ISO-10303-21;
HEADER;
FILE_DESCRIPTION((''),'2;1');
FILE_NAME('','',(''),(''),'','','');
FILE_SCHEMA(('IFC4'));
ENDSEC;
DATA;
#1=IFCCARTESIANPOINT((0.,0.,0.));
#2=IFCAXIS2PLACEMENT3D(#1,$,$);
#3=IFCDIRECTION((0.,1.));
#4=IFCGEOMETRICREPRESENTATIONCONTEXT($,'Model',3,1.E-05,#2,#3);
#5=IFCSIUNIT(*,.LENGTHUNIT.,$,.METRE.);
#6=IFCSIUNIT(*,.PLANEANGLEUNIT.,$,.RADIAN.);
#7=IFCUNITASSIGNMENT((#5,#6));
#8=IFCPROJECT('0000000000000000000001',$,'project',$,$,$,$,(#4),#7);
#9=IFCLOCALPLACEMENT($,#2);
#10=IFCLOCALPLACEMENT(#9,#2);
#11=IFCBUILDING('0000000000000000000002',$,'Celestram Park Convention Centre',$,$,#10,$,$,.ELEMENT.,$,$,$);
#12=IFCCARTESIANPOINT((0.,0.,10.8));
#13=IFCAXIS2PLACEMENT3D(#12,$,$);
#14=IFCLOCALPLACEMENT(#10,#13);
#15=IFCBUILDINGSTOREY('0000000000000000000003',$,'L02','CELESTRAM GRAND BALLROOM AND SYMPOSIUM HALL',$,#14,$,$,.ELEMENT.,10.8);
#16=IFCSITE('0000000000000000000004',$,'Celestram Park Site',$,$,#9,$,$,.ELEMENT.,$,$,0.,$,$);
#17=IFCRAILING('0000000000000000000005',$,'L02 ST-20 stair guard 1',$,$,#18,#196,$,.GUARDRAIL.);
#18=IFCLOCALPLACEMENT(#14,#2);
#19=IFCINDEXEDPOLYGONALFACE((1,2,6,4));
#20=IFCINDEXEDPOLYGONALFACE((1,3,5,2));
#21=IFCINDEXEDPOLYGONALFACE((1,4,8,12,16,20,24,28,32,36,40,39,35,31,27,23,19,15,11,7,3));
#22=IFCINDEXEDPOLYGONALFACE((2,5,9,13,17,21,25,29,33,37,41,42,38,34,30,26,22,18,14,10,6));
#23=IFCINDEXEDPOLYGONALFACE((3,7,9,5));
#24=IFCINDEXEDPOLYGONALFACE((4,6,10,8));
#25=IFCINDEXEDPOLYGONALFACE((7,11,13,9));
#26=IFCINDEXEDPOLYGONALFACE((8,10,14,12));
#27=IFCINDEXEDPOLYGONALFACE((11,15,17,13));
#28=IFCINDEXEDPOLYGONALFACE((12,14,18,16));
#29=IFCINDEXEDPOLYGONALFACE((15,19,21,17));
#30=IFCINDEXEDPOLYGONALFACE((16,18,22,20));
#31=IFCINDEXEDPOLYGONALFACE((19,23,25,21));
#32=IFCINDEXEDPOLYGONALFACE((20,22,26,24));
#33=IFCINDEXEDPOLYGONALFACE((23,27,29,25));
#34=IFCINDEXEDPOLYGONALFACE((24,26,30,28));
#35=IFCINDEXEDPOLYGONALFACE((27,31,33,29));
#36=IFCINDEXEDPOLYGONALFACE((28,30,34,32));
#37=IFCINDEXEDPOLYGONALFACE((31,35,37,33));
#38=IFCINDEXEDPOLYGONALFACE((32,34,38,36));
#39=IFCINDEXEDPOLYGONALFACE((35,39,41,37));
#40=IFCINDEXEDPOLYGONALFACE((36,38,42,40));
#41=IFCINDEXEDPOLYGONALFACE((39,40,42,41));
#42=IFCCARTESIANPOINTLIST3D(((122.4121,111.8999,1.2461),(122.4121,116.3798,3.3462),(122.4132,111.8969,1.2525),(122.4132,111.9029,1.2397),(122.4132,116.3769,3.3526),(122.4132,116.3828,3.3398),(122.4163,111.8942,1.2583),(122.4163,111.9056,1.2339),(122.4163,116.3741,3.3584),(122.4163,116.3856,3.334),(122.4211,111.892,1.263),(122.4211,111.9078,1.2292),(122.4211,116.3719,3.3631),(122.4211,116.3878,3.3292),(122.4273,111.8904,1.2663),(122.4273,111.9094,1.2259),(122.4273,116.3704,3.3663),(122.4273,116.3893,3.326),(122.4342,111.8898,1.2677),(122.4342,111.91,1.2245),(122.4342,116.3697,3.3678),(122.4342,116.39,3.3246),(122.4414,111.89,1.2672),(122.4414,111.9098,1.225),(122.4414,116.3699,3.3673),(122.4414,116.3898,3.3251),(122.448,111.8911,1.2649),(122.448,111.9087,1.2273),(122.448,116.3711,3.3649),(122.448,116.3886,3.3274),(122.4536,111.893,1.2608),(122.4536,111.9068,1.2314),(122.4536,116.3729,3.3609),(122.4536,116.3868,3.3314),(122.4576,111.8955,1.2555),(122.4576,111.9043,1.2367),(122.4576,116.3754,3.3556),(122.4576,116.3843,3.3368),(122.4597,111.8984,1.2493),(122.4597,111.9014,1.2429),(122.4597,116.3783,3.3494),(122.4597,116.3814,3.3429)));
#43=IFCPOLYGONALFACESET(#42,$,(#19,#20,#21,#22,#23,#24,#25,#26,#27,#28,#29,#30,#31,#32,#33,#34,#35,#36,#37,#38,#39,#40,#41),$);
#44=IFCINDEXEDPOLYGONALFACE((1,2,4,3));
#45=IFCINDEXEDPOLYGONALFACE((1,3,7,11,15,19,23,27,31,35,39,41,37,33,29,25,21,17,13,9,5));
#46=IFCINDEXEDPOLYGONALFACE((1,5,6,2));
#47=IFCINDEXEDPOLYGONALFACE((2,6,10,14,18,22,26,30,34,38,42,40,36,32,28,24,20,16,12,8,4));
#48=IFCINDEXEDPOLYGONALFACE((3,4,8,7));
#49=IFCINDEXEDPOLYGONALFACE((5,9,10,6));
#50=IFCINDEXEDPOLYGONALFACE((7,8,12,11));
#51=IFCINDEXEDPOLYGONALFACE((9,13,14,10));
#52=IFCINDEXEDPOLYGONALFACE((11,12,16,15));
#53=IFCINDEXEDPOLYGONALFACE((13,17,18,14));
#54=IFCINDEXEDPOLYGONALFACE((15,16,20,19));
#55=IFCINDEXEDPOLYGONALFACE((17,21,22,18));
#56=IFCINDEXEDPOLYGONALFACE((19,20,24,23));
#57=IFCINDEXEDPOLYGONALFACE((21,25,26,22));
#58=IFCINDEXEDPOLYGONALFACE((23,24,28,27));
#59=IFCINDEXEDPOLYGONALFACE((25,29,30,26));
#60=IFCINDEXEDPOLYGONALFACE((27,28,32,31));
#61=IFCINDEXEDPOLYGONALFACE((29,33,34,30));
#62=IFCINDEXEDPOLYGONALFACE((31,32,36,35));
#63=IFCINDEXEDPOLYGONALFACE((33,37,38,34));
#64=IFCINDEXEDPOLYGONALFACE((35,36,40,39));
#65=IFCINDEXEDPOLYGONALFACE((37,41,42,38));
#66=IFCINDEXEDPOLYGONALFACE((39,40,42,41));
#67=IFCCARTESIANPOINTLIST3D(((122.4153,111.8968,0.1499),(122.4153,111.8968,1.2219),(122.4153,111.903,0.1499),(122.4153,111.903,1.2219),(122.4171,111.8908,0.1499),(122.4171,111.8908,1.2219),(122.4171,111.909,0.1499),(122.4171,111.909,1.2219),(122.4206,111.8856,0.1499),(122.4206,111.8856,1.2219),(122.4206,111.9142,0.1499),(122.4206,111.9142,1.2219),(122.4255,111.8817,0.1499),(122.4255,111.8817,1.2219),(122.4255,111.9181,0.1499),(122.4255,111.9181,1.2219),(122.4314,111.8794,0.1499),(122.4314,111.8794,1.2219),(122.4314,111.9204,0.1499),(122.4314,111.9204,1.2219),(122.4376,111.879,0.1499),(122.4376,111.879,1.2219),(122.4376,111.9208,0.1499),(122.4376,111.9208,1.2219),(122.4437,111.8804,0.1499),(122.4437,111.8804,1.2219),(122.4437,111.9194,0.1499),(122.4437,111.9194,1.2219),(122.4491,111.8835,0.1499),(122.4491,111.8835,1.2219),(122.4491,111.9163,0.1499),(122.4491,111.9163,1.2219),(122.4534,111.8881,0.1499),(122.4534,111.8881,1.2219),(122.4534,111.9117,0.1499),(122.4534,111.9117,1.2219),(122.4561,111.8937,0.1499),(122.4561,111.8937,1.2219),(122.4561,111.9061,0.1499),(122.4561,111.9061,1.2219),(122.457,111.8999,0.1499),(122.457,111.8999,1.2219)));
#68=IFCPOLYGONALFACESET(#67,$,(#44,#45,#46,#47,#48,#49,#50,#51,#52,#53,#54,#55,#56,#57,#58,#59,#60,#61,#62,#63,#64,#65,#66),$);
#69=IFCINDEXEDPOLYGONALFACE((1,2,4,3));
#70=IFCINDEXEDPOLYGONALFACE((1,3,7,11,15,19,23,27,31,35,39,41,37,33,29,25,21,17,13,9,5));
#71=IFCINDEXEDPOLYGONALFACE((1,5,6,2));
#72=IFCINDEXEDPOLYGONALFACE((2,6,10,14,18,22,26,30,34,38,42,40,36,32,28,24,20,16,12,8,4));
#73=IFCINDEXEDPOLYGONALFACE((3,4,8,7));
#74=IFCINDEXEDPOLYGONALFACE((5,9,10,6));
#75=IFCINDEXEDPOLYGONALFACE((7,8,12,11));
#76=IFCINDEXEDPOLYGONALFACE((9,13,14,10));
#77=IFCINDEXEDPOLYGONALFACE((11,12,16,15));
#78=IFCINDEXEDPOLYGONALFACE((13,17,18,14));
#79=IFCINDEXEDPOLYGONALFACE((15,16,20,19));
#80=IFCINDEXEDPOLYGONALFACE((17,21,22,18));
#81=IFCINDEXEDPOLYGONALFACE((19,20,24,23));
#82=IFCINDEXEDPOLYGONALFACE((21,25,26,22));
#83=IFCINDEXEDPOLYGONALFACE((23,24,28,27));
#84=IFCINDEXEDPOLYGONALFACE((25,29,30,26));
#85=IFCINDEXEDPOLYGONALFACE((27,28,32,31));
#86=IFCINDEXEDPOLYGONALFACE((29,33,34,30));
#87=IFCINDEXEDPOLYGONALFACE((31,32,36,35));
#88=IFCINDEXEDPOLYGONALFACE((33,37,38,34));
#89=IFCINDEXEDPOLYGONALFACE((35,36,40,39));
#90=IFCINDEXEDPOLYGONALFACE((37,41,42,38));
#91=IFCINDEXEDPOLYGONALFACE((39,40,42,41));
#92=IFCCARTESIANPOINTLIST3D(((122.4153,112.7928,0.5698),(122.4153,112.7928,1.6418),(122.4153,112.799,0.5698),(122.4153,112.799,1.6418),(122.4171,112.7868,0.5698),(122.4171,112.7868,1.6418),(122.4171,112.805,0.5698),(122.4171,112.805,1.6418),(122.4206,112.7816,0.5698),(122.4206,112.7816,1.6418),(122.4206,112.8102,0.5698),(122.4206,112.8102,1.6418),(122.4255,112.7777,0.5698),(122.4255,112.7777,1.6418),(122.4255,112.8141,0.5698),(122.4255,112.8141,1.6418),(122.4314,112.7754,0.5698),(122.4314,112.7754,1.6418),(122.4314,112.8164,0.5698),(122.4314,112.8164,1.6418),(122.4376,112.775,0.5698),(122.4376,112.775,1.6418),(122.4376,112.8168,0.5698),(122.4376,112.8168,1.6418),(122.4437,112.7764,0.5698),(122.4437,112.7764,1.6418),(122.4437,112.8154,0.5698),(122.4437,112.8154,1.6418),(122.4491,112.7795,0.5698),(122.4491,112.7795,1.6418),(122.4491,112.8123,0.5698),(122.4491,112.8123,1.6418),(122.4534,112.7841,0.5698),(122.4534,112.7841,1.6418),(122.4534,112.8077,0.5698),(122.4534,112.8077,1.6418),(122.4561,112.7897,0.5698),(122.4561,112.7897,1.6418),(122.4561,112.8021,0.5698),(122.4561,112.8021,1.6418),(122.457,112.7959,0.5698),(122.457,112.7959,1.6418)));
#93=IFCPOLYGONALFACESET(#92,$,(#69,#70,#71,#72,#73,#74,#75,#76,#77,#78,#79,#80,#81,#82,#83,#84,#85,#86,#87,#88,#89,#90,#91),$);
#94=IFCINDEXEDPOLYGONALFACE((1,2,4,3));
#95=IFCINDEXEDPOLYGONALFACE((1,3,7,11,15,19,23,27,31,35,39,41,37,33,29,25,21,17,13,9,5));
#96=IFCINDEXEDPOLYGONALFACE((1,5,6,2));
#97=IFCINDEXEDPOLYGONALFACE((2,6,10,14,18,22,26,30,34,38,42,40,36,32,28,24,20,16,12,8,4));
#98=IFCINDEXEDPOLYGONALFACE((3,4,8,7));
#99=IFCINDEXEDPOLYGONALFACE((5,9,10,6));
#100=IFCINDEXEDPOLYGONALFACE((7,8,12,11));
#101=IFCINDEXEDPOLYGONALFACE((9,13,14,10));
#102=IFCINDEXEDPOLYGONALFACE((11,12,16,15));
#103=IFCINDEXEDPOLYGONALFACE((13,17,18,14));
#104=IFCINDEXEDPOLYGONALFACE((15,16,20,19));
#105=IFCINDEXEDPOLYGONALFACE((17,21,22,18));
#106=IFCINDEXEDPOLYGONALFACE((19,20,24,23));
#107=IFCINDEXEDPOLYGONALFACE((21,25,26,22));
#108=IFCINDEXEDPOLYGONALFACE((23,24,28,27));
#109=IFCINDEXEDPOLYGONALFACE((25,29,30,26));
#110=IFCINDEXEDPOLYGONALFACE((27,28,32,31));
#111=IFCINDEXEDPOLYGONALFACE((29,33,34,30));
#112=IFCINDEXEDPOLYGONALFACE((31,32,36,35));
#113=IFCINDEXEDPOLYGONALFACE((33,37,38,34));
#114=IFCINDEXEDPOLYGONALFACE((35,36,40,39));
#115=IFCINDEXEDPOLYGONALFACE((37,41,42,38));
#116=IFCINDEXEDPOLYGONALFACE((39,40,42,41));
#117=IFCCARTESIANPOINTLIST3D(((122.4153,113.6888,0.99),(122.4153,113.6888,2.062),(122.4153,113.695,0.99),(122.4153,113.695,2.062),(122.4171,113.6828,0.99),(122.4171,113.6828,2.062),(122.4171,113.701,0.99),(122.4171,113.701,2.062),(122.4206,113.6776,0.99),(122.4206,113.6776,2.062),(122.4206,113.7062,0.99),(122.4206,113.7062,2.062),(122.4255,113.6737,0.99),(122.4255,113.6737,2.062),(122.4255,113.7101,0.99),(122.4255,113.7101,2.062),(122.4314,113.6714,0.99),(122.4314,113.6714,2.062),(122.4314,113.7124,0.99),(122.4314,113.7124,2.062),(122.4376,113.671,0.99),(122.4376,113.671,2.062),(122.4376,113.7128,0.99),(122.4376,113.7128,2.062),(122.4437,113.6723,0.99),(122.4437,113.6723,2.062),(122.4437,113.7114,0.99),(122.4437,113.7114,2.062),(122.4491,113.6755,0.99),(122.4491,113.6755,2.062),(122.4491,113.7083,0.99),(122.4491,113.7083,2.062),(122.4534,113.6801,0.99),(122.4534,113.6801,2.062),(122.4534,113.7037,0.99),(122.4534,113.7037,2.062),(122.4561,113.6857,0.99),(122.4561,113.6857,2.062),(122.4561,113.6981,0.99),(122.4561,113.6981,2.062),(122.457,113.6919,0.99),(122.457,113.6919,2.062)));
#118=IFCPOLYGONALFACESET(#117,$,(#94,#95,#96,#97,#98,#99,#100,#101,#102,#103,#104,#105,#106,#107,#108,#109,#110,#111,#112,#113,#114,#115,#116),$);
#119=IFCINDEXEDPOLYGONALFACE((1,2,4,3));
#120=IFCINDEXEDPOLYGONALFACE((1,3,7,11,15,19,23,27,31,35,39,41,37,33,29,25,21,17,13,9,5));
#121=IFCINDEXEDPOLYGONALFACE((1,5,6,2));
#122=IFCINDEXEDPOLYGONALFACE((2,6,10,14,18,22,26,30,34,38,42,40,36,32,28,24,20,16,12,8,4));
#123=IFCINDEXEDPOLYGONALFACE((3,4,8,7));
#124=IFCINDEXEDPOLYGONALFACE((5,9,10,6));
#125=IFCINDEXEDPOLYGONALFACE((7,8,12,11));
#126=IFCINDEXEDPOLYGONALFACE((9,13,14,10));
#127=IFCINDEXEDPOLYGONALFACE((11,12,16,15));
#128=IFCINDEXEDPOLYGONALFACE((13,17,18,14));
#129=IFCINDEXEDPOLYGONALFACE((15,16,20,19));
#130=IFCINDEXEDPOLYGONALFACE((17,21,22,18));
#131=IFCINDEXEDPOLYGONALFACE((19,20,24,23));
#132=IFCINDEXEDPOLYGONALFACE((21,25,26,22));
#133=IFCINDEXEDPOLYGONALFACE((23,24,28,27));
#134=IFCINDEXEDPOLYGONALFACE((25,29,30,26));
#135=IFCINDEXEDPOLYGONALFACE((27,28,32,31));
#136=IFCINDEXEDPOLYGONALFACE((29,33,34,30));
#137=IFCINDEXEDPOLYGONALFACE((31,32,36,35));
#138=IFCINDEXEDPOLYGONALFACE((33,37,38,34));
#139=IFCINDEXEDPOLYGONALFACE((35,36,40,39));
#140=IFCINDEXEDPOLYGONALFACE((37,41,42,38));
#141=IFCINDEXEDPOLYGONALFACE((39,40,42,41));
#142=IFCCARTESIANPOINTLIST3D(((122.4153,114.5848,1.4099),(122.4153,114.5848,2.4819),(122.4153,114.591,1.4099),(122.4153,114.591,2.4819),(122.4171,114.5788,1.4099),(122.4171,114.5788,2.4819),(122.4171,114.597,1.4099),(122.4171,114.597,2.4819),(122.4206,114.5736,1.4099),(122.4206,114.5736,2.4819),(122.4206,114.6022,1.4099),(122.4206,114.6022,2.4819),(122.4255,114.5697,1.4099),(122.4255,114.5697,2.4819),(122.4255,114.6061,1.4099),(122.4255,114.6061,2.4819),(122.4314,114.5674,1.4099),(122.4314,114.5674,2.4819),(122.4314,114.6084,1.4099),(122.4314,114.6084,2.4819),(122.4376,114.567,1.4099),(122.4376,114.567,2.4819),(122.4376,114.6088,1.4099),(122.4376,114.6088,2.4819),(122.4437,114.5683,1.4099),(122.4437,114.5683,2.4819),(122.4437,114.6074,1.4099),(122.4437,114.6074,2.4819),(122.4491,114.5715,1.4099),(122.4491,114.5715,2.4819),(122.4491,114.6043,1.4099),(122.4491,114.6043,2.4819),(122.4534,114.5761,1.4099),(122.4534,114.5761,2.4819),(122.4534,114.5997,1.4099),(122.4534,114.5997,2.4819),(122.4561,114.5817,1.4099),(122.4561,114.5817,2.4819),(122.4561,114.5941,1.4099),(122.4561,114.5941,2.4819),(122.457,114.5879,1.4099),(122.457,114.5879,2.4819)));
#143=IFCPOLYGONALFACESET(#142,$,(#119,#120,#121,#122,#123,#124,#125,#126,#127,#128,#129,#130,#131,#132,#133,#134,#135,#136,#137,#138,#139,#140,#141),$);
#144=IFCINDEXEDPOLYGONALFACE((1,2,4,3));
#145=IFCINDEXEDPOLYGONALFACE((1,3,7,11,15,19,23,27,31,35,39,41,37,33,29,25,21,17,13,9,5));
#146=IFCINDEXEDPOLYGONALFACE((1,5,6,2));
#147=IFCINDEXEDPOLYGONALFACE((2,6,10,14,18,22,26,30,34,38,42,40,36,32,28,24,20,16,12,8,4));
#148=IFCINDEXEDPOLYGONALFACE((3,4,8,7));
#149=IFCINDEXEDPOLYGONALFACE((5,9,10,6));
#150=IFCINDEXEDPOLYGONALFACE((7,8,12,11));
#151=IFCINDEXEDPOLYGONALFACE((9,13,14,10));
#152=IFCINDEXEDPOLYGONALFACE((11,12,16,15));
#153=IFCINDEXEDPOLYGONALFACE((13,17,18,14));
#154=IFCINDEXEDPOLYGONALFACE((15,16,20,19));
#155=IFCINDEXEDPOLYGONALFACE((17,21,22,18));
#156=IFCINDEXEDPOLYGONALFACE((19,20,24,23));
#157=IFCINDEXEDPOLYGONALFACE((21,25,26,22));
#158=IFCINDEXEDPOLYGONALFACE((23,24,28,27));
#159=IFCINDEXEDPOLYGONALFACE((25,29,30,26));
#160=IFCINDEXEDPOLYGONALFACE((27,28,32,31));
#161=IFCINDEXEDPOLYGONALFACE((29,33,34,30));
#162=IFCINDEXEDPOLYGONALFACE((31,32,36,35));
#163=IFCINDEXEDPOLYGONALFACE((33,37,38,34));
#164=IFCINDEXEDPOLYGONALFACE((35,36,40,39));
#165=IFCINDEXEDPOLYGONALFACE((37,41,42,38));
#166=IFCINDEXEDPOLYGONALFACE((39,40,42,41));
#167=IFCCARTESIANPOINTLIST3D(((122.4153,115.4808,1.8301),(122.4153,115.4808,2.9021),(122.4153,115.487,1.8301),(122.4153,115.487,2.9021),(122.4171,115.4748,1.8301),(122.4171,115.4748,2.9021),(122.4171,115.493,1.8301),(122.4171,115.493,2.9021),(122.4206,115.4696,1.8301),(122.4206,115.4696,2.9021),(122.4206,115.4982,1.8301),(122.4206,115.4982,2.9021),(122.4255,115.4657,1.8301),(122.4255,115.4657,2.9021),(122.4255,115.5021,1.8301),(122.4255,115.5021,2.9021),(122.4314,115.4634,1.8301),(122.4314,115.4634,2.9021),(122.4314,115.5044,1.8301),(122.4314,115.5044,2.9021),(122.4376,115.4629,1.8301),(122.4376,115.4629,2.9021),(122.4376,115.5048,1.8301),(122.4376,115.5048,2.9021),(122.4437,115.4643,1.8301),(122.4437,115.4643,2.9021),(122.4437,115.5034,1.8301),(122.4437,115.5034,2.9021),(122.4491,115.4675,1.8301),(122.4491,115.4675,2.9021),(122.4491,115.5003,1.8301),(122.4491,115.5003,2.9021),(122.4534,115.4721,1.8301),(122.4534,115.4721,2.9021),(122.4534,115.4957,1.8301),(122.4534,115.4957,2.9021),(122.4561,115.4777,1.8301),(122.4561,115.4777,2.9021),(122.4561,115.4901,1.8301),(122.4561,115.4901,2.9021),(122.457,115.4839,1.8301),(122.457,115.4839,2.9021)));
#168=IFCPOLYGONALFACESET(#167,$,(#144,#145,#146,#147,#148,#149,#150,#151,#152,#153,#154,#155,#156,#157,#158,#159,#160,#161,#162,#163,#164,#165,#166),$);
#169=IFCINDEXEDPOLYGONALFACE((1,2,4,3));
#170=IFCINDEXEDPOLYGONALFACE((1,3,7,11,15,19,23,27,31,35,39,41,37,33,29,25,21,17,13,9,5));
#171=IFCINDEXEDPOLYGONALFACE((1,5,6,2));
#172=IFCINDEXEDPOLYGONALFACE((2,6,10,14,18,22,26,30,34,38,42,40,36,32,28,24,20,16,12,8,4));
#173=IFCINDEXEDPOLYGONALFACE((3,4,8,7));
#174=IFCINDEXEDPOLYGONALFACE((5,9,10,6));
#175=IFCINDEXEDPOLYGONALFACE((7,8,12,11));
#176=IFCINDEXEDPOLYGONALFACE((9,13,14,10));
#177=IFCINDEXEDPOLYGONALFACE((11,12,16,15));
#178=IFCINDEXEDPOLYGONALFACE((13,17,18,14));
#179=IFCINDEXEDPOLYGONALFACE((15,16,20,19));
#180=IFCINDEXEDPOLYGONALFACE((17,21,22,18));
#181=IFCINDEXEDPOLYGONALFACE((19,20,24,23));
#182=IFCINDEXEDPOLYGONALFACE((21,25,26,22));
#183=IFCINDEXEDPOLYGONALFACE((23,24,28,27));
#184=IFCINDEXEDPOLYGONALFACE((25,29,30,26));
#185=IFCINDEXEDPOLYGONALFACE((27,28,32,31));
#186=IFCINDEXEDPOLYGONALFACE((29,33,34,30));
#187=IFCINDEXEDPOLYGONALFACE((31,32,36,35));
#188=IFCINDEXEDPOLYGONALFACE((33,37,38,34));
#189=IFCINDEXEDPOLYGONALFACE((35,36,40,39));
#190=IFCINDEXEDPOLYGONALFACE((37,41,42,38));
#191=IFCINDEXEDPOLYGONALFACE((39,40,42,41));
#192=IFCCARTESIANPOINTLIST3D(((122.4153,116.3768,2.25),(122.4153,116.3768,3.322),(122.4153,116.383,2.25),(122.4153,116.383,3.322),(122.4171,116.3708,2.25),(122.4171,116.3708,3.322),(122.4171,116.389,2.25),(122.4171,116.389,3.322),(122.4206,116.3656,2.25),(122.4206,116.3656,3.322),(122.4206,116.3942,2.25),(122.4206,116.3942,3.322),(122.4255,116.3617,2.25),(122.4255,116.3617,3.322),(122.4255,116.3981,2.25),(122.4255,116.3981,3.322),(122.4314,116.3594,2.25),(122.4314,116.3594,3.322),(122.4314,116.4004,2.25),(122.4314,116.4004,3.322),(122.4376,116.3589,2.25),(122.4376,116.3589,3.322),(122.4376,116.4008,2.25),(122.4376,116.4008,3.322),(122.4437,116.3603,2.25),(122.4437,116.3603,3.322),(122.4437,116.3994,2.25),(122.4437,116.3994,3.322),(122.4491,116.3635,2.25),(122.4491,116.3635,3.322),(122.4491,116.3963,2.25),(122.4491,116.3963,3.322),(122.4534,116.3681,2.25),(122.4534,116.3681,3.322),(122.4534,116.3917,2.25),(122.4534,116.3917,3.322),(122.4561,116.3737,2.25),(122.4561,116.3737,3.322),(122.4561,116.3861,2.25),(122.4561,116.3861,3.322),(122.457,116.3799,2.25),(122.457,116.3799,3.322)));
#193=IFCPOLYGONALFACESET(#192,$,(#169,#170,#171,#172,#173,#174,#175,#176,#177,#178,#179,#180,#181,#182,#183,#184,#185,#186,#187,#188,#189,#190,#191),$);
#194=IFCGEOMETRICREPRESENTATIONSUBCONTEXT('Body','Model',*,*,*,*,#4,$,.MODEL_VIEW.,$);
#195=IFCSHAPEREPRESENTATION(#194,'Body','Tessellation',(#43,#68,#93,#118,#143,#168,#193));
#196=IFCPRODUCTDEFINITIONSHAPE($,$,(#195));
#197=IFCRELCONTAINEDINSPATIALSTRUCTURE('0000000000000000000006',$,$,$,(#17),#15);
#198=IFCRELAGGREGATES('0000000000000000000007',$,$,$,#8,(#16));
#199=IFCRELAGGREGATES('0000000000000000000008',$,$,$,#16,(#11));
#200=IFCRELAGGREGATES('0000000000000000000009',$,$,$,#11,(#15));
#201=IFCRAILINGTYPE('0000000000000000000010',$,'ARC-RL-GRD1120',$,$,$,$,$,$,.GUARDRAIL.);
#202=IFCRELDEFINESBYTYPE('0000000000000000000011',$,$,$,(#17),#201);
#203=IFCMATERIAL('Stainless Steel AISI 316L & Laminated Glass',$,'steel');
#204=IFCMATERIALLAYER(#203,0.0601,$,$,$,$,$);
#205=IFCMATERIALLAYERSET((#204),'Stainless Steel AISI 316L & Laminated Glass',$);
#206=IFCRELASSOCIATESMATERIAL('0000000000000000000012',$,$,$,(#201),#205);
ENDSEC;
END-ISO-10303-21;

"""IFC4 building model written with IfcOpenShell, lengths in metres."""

from ifc_helpers import new_model, si_unit, direction, frame, origin, origin_2d, place, context, subcontext, project, spatial, circle, extrude, material, layer, layer_set, type_object, element, save


model = new_model("IFC4")

# Units and contexts
model_context = context("Model", 3, precision=1e-05, world=origin(), true_north=direction((0.0, 1.0)))
body_context = subcontext(model_context, "Body", "Model", "MODEL_VIEW")
ifc_project = project(units=[si_unit("LENGTHUNIT", "METRE"), si_unit("PLANEANGLEUNIT", "RADIAN")], contexts=[model_context])

# Site, building, storey
site_placement = place(None, origin())
site = spatial("IfcSite", under=ifc_project, at=site_placement, Name="Celestram Park Site", CompositionType="ELEMENT", RefElevation=0.0)
building_placement = place(site_placement, origin())
building = spatial("IfcBuilding", under=site, at=building_placement, Name="Celestram Park Convention Centre", CompositionType="ELEMENT")
storey_placement = place(building_placement, frame((0.0, 0.0, 10.8)))
storey = spatial("IfcBuildingStorey", under=building, at=storey_placement, Name="L02", Description="CELESTRAM GRAND BALLROOM AND SYMPOSIUM HALL", CompositionType="ELEMENT", Elevation=10.8)

# Railing
ifc_material_1 = material(Name="Stainless Steel AISI 316L & Laminated Glass", Category="steel")
ifc_layer_1 = layer(ifc_material_1, 0.0601)
ifc_layer_set_1 = layer_set([ifc_layer_1], Name="Stainless Steel AISI 316L & Laminated Glass")
railing_type_1 = type_object("IfcRailingType", Name="ARC-RL-GRD1120", PredefinedType="GUARDRAIL", material=ifc_layer_set_1)
railing_1_placement = place(storey_placement, frame((122.436, 111.8999, 0.1499)))
element("IfcRailing", 1, at=railing_1_placement, inside=storey, type_object=railing_type_1, Name="L02 ST-20 stair guard 1", PredefinedType="GUARDRAIL", context=body_context, shape_type="SweptSolid", body=[
    extrude(circle(Radius=0.0239, at=origin_2d()), frame((0.0, 0.0, 1.0962), z_axis=(0.0, 0.905451, 0.424452), x_axis=(-1.0, 0.0, 0.0)), (0.0, 0.0, 1.0), 4.9478),
    extrude(circle(Radius=0.021, at=origin_2d()), origin(), (0.0, 0.0, 1.0), 1.072),
    extrude(circle(Radius=0.021, at=origin_2d()), frame((0.0, 0.896, 0.4199)), (0.0, 0.0, 1.0), 1.072),
    extrude(circle(Radius=0.021, at=origin_2d()), frame((0.0, 1.792, 0.8401)), (0.0, 0.0, 1.0), 1.072),
    extrude(circle(Radius=0.021, at=origin_2d()), frame((0.0, 2.688, 1.26)), (0.0, 0.0, 1.0), 1.072),
    extrude(circle(Radius=0.021, at=origin_2d()), frame((0.0, 3.584, 1.6802)), (0.0, 0.0, 1.0), 1.072),
    extrude(circle(Radius=0.021, at=origin_2d()), frame((0.0, 4.48, 2.1001)), (0.0, 0.0, 1.0), 1.072),
])

save(model, "model.ifc")
